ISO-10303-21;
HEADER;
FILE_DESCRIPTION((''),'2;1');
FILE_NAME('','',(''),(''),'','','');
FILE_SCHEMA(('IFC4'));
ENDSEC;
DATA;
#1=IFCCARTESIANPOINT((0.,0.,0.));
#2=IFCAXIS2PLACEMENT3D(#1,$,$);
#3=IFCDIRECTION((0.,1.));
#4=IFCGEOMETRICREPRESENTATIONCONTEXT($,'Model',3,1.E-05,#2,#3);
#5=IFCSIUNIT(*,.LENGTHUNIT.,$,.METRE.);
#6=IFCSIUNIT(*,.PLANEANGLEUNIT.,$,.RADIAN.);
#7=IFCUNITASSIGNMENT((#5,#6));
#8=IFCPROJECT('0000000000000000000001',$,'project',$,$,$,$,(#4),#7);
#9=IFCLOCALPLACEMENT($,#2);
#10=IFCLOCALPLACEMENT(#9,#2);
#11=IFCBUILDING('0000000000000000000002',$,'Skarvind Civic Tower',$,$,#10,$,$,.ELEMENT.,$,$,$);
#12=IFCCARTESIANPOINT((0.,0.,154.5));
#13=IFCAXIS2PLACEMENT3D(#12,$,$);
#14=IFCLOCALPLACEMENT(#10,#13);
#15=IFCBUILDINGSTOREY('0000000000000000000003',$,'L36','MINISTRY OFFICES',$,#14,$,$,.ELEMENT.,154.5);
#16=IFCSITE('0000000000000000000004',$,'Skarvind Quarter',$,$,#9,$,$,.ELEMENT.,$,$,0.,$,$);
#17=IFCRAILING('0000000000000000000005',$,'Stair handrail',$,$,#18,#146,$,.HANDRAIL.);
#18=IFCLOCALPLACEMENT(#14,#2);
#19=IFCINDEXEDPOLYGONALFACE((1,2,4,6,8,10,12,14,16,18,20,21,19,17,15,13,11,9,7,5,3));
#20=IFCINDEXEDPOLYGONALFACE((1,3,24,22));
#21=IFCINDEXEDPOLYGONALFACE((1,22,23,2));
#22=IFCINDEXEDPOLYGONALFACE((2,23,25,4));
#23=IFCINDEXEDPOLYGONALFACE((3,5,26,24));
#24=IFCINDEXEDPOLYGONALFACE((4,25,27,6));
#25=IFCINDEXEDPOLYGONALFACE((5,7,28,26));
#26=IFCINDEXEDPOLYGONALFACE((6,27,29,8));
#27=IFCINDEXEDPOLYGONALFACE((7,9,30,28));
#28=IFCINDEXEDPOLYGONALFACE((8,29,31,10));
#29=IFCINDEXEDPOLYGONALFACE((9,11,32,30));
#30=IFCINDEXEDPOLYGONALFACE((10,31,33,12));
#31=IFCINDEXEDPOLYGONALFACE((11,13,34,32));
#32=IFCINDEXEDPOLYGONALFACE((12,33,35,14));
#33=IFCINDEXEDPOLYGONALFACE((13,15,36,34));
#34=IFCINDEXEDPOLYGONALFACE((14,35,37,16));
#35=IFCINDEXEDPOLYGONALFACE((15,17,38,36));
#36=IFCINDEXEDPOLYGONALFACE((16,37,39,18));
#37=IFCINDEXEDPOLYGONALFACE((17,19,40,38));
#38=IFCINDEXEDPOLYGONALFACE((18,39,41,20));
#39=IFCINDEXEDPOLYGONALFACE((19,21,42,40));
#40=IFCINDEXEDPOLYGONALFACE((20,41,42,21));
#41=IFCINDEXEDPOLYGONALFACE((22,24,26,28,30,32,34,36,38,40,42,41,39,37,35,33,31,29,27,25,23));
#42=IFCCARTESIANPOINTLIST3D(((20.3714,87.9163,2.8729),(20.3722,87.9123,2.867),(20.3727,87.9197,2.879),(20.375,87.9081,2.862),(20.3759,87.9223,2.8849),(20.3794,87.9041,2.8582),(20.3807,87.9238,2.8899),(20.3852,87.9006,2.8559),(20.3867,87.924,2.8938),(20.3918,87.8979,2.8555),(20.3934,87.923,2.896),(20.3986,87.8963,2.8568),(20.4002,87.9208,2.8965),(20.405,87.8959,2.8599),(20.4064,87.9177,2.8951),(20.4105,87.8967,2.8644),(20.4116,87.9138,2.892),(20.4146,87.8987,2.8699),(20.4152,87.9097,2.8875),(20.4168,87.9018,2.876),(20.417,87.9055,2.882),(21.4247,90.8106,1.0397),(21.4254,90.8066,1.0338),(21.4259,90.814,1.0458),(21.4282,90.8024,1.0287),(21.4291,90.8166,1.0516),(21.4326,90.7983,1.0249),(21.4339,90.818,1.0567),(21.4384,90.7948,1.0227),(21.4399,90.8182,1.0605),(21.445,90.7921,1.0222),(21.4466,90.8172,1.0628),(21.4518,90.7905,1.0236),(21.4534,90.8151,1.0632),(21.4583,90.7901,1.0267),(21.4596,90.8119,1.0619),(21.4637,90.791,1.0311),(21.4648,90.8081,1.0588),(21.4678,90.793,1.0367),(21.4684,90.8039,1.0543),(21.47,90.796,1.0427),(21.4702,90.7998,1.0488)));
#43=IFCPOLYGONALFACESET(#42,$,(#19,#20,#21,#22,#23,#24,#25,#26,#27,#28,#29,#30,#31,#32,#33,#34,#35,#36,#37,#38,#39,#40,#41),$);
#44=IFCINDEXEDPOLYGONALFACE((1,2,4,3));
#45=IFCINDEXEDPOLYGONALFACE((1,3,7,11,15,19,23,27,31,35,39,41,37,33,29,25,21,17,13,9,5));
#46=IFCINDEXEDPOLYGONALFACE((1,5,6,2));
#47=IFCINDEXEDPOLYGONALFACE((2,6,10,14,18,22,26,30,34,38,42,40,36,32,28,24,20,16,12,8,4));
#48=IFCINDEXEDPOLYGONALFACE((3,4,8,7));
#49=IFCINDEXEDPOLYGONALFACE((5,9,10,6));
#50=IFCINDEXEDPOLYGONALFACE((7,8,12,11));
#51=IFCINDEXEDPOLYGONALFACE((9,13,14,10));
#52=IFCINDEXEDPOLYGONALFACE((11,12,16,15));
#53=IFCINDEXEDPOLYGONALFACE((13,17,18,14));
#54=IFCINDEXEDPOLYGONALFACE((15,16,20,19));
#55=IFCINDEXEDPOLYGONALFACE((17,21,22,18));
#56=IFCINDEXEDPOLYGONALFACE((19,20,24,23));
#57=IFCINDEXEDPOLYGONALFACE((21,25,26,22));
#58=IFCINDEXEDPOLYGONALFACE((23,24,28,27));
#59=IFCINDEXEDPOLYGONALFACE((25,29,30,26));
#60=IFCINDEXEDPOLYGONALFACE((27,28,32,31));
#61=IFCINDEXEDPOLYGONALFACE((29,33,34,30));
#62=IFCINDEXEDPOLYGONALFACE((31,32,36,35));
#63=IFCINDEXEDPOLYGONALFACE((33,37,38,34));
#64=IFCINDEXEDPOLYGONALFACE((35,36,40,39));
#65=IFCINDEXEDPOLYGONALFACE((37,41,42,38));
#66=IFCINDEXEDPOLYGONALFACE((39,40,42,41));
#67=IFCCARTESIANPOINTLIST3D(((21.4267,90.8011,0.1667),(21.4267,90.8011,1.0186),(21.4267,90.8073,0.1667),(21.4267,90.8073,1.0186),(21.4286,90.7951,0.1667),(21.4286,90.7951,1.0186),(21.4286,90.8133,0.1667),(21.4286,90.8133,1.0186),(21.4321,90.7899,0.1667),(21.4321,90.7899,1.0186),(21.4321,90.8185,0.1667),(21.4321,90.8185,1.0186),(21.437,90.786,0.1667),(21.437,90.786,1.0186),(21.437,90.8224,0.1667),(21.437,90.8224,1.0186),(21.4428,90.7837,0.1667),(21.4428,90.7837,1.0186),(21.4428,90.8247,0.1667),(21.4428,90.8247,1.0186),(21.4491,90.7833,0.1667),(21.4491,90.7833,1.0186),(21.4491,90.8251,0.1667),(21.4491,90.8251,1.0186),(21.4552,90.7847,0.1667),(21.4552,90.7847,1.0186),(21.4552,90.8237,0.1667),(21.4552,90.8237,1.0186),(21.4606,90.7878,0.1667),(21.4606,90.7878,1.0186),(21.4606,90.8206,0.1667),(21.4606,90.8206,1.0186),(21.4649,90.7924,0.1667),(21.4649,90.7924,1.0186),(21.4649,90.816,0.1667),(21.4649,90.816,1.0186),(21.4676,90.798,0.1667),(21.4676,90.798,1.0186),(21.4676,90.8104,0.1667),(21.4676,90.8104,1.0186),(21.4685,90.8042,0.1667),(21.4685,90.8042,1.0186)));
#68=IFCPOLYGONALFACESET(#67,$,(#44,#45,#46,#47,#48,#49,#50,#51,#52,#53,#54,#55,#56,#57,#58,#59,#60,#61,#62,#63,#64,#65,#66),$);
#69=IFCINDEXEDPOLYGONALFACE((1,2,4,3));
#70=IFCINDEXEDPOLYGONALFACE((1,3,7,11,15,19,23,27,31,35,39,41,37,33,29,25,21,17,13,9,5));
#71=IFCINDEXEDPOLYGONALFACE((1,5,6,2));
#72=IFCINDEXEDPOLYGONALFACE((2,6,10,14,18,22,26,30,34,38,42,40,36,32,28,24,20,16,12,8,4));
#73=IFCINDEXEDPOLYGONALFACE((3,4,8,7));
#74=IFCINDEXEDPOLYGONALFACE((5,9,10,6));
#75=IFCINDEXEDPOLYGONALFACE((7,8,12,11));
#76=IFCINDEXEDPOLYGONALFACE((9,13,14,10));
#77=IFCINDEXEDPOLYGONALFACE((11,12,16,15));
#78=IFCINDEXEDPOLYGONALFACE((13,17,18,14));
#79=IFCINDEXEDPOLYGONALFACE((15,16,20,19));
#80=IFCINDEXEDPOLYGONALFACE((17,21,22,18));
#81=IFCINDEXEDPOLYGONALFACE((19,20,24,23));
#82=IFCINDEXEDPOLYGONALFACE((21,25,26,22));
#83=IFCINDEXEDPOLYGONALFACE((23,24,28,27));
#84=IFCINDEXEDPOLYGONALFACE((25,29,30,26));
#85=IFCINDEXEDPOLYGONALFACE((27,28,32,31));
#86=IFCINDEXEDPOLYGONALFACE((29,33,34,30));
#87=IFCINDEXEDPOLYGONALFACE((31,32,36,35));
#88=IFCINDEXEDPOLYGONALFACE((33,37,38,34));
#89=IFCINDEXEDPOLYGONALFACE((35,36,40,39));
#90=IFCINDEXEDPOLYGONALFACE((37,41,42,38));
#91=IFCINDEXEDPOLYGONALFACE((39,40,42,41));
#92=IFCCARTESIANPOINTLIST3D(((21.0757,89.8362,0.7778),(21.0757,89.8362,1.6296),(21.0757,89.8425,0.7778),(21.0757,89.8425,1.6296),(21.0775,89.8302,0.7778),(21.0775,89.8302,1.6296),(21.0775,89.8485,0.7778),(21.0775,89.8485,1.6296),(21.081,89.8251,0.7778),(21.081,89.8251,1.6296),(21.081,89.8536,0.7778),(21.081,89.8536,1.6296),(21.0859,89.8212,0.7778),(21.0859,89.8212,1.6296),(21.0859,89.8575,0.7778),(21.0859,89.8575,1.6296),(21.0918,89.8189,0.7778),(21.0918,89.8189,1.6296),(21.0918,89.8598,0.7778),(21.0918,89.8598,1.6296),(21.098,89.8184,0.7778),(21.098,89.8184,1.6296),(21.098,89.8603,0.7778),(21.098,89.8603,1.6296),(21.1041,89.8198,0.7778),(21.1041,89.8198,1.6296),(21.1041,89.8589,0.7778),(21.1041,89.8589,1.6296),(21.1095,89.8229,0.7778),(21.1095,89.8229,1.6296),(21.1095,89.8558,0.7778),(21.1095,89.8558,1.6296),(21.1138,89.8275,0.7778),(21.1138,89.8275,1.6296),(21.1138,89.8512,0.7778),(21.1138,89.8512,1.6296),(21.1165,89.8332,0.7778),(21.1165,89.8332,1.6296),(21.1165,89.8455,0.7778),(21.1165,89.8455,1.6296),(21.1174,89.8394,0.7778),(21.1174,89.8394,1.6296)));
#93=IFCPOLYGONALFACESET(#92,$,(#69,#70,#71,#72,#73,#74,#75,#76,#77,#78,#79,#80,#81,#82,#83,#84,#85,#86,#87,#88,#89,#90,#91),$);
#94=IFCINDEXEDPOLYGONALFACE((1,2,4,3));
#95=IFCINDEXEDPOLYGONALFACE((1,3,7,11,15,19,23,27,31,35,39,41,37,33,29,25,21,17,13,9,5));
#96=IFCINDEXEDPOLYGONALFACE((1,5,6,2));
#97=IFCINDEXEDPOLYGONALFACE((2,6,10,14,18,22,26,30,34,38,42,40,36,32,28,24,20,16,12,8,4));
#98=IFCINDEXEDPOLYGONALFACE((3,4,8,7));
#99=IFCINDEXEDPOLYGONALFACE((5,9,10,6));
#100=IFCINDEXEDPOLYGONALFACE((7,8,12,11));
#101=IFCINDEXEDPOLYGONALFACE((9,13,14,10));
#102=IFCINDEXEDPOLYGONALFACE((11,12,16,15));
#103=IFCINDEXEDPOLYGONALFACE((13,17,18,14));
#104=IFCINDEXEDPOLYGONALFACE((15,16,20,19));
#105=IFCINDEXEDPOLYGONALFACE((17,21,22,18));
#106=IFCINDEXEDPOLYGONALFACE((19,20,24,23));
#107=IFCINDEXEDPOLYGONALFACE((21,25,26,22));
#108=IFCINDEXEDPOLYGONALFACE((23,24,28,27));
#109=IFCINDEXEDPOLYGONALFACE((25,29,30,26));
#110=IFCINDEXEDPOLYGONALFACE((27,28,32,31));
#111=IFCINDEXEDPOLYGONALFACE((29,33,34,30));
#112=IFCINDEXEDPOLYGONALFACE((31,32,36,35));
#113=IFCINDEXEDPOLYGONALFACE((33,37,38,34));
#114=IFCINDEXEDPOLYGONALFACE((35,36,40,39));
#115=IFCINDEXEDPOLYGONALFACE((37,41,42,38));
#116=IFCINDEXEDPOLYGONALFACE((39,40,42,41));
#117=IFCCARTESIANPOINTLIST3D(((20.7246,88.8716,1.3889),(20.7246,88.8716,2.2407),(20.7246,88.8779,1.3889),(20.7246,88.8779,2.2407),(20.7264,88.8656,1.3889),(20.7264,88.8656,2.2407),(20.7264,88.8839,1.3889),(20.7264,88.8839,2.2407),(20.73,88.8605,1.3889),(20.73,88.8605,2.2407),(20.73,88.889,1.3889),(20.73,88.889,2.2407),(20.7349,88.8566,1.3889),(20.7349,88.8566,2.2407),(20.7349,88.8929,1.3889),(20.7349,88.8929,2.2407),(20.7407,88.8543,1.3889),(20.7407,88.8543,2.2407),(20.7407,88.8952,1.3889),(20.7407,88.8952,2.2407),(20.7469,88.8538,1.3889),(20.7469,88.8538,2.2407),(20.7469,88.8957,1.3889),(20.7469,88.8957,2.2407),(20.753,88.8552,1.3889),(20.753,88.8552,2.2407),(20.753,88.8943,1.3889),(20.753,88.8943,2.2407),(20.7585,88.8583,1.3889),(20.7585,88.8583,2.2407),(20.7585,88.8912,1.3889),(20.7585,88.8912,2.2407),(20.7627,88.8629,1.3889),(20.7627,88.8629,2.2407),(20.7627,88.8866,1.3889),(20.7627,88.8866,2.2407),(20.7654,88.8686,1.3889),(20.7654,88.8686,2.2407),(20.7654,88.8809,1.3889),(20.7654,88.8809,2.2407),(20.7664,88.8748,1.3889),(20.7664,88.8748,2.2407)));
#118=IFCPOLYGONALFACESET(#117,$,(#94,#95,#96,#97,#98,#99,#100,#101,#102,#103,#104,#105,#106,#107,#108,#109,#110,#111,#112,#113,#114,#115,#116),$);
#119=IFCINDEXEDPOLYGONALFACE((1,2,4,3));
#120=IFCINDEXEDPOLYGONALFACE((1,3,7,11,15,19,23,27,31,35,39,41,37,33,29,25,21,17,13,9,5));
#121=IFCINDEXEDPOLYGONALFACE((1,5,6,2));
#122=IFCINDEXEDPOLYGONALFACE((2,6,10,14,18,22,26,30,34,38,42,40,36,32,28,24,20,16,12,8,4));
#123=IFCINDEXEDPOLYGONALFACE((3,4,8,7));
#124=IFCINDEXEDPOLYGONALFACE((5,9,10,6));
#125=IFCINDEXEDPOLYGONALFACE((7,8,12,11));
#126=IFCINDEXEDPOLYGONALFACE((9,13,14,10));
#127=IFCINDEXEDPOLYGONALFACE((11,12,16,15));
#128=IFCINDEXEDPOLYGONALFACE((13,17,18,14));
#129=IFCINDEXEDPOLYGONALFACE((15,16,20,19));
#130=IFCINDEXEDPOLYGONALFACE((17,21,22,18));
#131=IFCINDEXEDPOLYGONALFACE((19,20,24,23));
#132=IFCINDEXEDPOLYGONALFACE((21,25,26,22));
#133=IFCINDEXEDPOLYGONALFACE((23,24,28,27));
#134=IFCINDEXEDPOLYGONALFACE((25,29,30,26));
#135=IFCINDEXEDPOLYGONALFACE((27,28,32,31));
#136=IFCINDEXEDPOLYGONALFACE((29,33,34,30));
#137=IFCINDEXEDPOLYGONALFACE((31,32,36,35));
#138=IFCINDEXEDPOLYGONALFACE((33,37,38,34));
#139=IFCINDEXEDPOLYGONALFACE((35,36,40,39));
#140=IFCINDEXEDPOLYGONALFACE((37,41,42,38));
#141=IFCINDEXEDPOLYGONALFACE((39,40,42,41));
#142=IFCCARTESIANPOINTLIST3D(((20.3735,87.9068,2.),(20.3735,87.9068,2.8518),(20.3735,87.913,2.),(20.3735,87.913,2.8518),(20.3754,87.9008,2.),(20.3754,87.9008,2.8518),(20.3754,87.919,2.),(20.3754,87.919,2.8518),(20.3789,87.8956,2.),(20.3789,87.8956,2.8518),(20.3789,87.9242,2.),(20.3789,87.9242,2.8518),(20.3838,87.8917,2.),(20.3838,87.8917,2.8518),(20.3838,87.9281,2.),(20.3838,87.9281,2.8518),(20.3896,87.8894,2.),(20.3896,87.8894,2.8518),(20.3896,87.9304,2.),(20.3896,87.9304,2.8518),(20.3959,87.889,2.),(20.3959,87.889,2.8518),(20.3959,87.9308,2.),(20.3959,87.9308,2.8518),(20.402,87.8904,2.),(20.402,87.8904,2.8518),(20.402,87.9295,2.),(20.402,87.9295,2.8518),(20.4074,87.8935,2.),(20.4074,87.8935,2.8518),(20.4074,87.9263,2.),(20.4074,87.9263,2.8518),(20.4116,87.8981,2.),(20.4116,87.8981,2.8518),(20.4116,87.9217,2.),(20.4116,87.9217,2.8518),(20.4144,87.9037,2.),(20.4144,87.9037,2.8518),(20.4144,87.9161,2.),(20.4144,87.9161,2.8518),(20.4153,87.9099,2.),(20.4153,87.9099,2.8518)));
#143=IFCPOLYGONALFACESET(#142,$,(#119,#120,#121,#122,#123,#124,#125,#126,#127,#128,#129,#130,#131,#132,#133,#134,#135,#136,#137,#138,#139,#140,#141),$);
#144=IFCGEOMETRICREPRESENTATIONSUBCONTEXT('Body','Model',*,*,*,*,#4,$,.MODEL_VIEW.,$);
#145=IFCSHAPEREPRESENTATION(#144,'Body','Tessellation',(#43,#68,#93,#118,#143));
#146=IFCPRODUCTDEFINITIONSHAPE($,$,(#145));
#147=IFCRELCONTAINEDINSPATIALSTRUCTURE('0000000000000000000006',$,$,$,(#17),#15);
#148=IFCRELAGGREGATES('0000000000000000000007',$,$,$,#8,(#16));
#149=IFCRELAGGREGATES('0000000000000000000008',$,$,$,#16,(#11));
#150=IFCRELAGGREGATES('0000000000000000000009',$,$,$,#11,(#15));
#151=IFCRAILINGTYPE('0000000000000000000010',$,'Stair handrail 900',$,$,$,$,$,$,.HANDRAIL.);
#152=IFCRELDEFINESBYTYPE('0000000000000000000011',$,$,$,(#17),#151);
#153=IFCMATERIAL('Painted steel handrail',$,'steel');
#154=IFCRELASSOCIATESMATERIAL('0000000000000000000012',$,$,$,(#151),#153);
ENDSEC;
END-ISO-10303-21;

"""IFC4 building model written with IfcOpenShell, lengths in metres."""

from ifc_helpers import new_model, si_unit, direction, frame, origin, origin_2d, place, context, subcontext, project, spatial, circle, extrude, material, type_object, element, save


model = new_model("IFC4")

# Units and contexts
model_context = context("Model", 3, precision=1e-05, world=origin(), true_north=direction((0.0, 1.0)))
body_context = subcontext(model_context, "Body", "Model", "MODEL_VIEW")
ifc_project = project(units=[si_unit("LENGTHUNIT", "METRE"), si_unit("PLANEANGLEUNIT", "RADIAN")], contexts=[model_context])

# Site, building, storey
site_placement = place(None, origin())
site = spatial("IfcSite", under=ifc_project, at=site_placement, Name="Skarvind Quarter", CompositionType="ELEMENT", RefElevation=0.0)
building_placement = place(site_placement, origin())
building = spatial("IfcBuilding", under=site, at=building_placement, Name="Skarvind Civic Tower", CompositionType="ELEMENT")
storey_placement = place(building_placement, frame((0.0, 0.0, 154.5)))
storey = spatial("IfcBuildingStorey", under=building, at=storey_placement, Name="L36", Description="MINISTRY OFFICES", CompositionType="ELEMENT", Elevation=154.5)

# Railing
ifc_material_1 = material(Name="Painted steel handrail", Category="steel")
railing_type = type_object("IfcRailingType", Name="Stair handrail 900", PredefinedType="HANDRAIL", material=ifc_material_1)
railing_1_placement = place(storey_placement, frame((21.4475, 90.8042, 0.1667)))
element("IfcRailing", 1, at=railing_1_placement, inside=storey, type_object=railing_type, Name="Stair handrail", PredefinedType="HANDRAIL", context=body_context, shape_type="SweptSolid", body=[
    extrude(circle(Radius=0.0239, at=origin_2d()), frame((0.0, 0.0, 0.876), z_axis=(-0.293846, -0.807497, 0.511472), x_axis=(0.939715, -0.341959, 0.0)), (0.0, 0.0, 1.0), 3.5842),
    extrude(circle(Radius=0.021, at=origin_2d()), origin(), (0.0, 0.0, 1.0), 0.8518),
    extrude(circle(Radius=0.021, at=origin_2d()), frame((-0.3511, -0.9648, 0.6111)), (0.0, 0.0, 1.0), 0.8518),
    extrude(circle(Radius=0.021, at=origin_2d()), frame((-0.7021, -1.9294, 1.2222)), (0.0, 0.0, 1.0), 0.8518),
    extrude(circle(Radius=0.021, at=origin_2d()), frame((-1.0532, -2.8943, 1.8333)), (0.0, 0.0, 1.0), 0.8518),
])

save(model, "model.ifc")
